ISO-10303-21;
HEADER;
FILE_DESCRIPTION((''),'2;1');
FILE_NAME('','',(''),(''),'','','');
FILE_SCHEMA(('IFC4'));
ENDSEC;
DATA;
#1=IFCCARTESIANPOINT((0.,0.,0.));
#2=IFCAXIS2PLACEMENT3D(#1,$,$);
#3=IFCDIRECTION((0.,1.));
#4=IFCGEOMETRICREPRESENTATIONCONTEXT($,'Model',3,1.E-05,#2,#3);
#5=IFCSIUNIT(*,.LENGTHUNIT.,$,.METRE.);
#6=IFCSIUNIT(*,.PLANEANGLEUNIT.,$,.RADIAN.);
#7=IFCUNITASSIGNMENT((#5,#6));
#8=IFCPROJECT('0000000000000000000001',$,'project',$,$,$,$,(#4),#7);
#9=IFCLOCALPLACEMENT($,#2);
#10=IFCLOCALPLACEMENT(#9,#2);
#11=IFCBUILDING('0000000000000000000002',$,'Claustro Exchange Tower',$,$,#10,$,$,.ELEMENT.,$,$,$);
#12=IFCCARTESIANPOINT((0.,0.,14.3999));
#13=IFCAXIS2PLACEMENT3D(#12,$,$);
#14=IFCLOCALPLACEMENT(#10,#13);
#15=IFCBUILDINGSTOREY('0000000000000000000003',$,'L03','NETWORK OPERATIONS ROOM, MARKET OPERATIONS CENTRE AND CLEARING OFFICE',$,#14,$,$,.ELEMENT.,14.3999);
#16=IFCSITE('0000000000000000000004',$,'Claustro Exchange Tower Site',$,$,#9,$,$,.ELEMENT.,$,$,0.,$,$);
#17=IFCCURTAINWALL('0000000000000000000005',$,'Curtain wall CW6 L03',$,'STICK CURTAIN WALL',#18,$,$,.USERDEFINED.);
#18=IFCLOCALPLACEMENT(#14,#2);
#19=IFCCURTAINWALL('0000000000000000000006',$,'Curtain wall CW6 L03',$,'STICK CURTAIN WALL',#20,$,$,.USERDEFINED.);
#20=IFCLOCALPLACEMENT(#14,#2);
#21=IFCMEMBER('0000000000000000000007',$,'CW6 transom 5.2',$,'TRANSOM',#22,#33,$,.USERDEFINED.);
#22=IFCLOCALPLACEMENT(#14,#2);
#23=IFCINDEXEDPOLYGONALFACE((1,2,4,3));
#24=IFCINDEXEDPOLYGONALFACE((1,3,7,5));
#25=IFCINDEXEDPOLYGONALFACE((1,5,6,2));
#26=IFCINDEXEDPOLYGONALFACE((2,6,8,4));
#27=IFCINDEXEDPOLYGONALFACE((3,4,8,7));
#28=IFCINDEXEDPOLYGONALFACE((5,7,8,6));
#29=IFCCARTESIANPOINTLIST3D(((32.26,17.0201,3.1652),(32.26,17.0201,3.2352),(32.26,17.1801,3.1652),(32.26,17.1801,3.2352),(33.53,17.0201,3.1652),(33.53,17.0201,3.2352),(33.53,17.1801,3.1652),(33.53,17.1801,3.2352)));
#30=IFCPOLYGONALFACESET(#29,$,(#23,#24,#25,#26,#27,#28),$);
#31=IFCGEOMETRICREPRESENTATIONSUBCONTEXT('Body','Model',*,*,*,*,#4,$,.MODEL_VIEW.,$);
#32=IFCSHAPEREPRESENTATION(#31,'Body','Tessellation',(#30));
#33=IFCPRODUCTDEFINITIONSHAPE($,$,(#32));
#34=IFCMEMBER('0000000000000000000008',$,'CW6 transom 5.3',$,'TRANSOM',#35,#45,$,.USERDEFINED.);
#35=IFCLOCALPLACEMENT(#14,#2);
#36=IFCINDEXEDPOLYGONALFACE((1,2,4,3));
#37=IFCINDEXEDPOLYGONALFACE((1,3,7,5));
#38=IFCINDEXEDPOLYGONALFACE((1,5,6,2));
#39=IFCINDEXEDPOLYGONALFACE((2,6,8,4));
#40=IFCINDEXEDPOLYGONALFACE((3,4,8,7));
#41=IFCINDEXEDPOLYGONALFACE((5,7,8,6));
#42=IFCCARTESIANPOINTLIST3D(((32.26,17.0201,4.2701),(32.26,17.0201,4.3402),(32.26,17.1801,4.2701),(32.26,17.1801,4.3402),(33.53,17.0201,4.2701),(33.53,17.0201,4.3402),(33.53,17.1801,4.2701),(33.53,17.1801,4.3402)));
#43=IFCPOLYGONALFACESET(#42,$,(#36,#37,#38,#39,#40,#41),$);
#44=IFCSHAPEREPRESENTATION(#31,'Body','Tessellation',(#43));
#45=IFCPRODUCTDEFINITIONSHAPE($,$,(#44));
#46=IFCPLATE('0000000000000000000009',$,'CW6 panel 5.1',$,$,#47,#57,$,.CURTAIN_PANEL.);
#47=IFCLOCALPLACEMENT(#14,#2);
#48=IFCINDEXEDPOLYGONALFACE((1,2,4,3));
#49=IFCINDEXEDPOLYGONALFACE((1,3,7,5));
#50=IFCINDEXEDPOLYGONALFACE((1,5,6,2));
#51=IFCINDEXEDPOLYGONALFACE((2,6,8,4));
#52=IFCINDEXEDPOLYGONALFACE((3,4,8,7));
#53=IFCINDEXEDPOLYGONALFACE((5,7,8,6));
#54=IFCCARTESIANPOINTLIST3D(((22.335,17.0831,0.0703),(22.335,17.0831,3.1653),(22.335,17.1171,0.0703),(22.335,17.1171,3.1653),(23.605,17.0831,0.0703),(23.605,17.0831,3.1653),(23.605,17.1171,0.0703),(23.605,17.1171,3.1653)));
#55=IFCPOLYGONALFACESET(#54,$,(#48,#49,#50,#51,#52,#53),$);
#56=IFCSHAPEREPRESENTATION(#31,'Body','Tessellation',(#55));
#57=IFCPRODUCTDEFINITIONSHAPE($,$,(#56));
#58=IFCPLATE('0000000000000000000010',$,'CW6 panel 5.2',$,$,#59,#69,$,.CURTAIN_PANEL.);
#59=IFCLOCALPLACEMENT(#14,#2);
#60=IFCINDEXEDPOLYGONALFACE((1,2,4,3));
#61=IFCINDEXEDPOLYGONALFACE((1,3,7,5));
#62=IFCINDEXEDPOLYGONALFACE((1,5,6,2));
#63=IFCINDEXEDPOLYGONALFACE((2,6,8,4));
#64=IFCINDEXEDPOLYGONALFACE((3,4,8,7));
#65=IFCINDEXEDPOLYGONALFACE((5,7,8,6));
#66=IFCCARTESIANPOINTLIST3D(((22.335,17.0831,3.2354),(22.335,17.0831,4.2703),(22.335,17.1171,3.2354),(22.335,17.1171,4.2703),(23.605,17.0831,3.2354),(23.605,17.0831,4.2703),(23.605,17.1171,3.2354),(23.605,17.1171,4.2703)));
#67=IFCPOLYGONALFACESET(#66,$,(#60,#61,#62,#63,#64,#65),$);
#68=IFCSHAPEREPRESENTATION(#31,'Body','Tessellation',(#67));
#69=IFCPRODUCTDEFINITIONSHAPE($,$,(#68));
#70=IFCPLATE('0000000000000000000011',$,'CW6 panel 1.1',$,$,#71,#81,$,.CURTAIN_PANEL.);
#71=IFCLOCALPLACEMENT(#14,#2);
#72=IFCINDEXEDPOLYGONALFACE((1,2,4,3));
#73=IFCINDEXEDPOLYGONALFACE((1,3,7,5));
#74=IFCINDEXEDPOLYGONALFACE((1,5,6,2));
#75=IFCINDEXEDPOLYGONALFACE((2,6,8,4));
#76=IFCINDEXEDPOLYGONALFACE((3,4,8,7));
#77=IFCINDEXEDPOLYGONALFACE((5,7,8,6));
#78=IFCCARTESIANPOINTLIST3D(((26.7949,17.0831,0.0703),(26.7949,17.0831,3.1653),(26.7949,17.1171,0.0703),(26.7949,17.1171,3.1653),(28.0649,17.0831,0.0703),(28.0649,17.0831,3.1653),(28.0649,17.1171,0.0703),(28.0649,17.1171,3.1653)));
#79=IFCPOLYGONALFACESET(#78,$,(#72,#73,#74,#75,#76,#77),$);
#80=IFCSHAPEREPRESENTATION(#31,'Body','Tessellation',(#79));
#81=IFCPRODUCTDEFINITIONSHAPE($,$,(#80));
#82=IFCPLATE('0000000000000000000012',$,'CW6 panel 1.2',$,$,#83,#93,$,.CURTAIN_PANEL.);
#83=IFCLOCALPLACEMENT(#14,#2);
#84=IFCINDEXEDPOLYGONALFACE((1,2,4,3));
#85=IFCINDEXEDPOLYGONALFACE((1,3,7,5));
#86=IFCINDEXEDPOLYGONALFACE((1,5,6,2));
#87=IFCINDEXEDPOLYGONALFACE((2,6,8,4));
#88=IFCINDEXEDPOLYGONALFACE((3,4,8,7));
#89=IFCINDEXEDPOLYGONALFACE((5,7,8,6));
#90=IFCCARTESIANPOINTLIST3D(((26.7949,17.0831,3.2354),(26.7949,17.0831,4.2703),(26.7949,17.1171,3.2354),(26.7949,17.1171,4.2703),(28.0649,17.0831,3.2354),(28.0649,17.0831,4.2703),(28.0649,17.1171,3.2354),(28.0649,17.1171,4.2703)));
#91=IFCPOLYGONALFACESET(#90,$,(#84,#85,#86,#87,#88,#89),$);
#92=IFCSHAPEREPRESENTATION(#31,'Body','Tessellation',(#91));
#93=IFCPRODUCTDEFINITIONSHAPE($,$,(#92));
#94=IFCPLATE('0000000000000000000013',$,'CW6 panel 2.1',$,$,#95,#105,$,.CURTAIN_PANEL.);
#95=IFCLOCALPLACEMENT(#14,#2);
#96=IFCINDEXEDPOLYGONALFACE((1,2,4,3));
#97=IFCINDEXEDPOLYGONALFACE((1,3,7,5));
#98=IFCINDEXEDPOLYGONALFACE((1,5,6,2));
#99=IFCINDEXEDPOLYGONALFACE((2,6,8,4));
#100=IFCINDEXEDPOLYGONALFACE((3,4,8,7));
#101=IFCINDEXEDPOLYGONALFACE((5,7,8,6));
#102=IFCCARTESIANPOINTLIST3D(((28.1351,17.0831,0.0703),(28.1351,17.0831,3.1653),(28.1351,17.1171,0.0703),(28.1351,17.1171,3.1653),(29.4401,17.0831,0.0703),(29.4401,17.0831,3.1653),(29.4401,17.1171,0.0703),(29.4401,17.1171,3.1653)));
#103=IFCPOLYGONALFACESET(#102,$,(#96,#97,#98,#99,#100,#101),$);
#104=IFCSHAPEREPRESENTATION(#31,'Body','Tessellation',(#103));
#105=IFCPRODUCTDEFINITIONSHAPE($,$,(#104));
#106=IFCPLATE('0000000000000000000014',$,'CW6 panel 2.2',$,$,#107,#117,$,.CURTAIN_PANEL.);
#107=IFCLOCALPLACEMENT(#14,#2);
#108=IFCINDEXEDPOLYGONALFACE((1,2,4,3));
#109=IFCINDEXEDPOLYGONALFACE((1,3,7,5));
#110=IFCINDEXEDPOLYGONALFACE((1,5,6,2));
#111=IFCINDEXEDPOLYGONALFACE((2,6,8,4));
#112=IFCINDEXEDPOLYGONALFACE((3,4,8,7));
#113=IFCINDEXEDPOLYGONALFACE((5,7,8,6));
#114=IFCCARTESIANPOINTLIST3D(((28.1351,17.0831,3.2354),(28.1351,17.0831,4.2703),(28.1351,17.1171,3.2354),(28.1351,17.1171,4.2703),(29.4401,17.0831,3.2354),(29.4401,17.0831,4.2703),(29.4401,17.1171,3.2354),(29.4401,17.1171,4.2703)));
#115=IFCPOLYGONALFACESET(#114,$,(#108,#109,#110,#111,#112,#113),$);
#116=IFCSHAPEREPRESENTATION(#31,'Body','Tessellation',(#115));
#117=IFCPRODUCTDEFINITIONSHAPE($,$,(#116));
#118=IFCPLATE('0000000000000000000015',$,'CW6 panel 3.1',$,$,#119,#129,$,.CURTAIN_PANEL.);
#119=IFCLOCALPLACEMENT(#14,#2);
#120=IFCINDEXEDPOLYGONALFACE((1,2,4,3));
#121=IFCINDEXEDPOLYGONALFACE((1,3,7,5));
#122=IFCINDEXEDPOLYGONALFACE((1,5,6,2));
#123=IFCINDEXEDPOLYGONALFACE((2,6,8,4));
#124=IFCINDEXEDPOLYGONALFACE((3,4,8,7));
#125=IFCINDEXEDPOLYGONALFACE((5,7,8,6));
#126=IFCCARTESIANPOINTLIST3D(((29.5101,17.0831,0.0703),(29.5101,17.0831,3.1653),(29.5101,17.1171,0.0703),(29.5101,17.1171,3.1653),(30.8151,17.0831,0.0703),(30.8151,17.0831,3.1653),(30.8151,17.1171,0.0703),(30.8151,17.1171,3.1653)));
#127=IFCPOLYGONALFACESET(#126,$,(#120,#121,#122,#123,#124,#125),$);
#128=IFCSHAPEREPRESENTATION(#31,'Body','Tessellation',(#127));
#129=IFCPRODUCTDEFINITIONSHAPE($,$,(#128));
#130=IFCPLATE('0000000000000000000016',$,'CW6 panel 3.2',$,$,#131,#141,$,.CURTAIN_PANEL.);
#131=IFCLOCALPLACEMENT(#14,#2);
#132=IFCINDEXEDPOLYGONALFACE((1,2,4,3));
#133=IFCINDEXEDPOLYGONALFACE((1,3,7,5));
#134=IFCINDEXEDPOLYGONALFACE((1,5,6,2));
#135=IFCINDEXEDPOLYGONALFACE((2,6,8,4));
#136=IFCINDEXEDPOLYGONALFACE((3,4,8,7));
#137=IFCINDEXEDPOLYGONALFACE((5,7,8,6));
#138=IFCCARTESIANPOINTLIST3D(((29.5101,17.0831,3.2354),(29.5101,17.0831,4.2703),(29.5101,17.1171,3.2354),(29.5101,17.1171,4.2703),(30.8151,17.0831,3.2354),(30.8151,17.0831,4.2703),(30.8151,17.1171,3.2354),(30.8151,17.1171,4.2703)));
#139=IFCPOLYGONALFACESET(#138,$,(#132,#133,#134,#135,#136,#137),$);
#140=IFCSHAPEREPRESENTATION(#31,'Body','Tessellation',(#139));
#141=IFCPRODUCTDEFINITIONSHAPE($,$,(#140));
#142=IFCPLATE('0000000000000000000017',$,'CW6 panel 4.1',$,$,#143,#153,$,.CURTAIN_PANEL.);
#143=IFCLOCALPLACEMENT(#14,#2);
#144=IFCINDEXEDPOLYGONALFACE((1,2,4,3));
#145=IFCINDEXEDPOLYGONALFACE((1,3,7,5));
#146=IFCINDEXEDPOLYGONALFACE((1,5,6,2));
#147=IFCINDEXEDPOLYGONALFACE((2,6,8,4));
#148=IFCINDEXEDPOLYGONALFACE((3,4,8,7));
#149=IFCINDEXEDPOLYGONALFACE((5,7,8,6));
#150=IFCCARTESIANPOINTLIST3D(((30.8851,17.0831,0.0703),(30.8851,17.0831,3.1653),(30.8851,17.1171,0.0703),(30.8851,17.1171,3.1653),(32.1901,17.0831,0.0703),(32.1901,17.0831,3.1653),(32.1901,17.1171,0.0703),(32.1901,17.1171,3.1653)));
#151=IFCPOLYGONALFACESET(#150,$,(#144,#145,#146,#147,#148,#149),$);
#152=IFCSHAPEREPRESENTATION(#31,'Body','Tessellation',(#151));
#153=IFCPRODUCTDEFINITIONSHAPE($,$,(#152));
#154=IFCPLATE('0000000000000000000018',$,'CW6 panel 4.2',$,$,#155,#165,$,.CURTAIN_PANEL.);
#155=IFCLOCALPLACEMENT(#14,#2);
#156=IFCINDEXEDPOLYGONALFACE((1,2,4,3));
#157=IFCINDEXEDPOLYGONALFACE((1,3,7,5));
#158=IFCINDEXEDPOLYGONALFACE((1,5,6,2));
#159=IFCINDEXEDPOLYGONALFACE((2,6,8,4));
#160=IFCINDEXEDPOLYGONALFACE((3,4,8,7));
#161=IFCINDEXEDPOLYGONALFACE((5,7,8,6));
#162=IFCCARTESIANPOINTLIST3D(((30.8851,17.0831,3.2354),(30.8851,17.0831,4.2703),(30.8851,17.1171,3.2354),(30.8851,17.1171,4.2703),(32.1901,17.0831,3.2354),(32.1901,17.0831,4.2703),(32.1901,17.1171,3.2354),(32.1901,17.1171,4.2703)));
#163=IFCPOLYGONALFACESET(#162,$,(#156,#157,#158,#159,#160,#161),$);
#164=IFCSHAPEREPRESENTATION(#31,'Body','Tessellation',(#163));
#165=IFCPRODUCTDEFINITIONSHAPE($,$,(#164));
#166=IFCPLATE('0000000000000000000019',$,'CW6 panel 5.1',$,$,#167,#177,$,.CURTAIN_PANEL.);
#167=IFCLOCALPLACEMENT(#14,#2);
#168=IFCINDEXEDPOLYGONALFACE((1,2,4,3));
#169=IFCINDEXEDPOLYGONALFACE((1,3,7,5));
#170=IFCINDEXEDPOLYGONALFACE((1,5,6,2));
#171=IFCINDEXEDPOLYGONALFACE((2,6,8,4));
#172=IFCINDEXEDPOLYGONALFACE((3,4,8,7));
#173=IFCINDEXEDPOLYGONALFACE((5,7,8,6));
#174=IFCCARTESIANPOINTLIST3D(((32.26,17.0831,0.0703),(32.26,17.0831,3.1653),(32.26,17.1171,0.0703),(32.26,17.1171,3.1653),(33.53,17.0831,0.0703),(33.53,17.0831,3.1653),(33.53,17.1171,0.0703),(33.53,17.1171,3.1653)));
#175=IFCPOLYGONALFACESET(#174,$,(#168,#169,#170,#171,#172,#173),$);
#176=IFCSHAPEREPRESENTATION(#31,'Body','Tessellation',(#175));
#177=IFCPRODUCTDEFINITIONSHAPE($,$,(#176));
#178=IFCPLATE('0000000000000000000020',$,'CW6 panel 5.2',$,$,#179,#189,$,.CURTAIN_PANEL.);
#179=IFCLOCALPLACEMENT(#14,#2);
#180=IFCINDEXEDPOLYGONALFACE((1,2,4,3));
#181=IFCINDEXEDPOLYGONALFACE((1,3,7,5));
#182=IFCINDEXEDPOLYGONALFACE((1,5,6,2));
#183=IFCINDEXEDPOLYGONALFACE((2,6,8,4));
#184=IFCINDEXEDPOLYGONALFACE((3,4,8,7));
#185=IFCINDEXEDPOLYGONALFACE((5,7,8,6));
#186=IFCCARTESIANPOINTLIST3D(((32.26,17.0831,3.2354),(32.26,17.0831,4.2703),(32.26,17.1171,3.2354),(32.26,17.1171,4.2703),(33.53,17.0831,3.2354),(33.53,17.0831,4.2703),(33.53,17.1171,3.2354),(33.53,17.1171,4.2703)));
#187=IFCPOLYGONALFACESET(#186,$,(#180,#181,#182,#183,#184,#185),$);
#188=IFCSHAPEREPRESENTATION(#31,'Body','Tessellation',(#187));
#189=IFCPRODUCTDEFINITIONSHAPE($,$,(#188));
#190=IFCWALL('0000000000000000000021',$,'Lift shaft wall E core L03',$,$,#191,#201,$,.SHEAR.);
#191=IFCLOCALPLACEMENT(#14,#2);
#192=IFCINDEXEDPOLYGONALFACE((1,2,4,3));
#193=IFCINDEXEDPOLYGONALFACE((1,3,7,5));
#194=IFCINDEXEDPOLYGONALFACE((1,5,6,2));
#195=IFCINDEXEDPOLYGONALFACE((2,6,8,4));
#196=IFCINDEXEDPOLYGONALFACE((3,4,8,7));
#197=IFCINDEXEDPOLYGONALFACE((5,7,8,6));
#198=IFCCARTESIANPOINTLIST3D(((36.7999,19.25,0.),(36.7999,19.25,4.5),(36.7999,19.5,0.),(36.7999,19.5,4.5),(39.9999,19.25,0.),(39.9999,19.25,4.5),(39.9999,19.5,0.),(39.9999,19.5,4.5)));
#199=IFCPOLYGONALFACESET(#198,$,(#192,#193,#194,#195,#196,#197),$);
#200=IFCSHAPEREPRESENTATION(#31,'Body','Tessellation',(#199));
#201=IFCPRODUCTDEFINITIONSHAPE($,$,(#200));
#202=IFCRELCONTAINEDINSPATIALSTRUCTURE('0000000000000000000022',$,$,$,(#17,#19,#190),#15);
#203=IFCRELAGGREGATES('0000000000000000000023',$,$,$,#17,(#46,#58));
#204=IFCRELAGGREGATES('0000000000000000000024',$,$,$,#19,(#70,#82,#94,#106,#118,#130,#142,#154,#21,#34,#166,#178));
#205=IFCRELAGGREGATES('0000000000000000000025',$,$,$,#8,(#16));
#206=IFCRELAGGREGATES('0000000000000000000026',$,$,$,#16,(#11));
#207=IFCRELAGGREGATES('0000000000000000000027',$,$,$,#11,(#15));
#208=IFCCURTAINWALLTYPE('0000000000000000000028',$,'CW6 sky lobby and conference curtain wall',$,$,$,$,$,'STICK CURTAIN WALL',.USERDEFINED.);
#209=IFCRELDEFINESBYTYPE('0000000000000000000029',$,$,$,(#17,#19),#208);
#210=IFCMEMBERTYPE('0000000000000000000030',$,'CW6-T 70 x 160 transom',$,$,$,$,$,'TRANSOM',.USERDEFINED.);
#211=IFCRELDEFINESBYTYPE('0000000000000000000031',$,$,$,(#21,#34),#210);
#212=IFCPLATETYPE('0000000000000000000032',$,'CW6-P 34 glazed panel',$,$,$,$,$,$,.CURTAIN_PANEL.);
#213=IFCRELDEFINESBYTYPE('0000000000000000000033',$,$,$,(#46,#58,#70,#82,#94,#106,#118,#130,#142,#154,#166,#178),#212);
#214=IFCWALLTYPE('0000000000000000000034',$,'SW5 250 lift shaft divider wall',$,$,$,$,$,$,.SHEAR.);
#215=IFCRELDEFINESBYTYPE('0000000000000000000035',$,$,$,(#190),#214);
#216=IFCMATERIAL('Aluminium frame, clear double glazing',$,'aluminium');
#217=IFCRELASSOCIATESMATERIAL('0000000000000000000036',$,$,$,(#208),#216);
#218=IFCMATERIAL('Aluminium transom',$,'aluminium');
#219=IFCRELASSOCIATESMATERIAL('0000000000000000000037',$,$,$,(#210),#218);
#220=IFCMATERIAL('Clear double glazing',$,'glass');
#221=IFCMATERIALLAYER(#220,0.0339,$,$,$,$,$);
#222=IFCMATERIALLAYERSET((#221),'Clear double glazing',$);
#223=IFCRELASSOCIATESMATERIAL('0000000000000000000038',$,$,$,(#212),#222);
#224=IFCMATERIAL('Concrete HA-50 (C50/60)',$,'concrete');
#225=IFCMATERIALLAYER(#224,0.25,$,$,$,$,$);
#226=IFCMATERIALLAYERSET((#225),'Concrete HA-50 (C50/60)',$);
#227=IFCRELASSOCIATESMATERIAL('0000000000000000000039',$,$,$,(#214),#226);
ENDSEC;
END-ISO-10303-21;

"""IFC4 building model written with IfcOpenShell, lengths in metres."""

from ifc_helpers import new_model, si_unit, direction, frame, frame_2d, origin, origin_2d, place, context, subcontext, project, spatial, rectangle, extrude, material, layer, layer_set, material_profile, profile_set, type_object, element, aggregate, save


model = new_model("IFC4")

# Units and contexts
model_context = context("Model", 3, precision=1e-05, world=origin(), true_north=direction((0.0, 1.0)))
body_context = subcontext(model_context, "Body", "Model", "MODEL_VIEW")
ifc_project = project(units=[si_unit("LENGTHUNIT", "METRE"), si_unit("PLANEANGLEUNIT", "RADIAN")], contexts=[model_context])

# Site, building, storey
site_placement = place(None, origin())
site = spatial("IfcSite", under=ifc_project, at=site_placement, Name="Claustro Exchange Tower Site", CompositionType="ELEMENT", RefElevation=0.0)
building_placement = place(site_placement, origin())
building = spatial("IfcBuilding", under=site, at=building_placement, Name="Claustro Exchange Tower", CompositionType="ELEMENT")
storey_placement = place(building_placement, frame((0.0, 0.0, 14.3999)))
storey = spatial("IfcBuildingStorey", under=building, at=storey_placement, Name="L03", Description="NETWORK OPERATIONS ROOM, MARKET OPERATIONS CENTRE AND CLEARING OFFICE", CompositionType="ELEMENT", Elevation=14.3999)

# Curtain wall
ifc_material_1 = material(Name="Aluminium frame, clear double glazing", Category="aluminium")
curtain_wall_type = type_object("IfcCurtainWallType", Name="CW6 sky lobby and conference curtain wall", ElementType="STICK CURTAIN WALL", PredefinedType="USERDEFINED", material=ifc_material_1)
curtain_wall_1_placement = place(storey_placement, origin())
curtain_wall_1 = element("IfcCurtainWall", 1, at=curtain_wall_1_placement, inside=storey, type_object=curtain_wall_type, Name="Curtain wall CW6 L03", ObjectType="STICK CURTAIN WALL", PredefinedType="USERDEFINED")

# Curtain wall, members
curtain_wall_2_placement = place(storey_placement, origin())
curtain_wall_2 = element("IfcCurtainWall", 2, at=curtain_wall_2_placement, inside=storey, type_object=curtain_wall_type, Name="Curtain wall CW6 L03", ObjectType="STICK CURTAIN WALL", PredefinedType="USERDEFINED")
ifc_material_2 = material(Name="Aluminium transom", Category="aluminium")
ifc_material_profile_1 = material_profile(ifc_material_2, rectangle(XDim=0.1599, YDim=0.0701, at=origin_2d()), Name="CW6-T 70x160")
ifc_profile_set_1 = profile_set([ifc_material_profile_1], Name="Aluminium transom")
member_type_1 = type_object("IfcMemberType", Name="CW6-T 70 x 160 transom", ElementType="TRANSOM", PredefinedType="USERDEFINED", material=ifc_profile_set_1)
member_1_placement = place(storey_placement, frame((32.26, 17.1001, 3.2002), z_axis=(1.0, 0.0, 0.0), x_axis=(0.0, 1.0, 0.0)))
member_1 = element("IfcMember", 3, at=member_1_placement, type_object=member_type_1, Name="CW6 transom 5.2", ObjectType="TRANSOM", PredefinedType="USERDEFINED", context=body_context, shape_type="SweptSolid", body=[
    extrude(rectangle(XDim=0.1599, YDim=0.0701, at=origin_2d()), origin(), (0.0, 0.0, 1.0), 1.27),
])
member_2_placement = place(storey_placement, frame((32.26, 17.1001, 4.3052), z_axis=(1.0, 0.0, 0.0), x_axis=(0.0, 1.0, 0.0)))
member_2 = element("IfcMember", 4, at=member_2_placement, type_object=member_type_1, Name="CW6 transom 5.3", ObjectType="TRANSOM", PredefinedType="USERDEFINED", context=body_context, shape_type="SweptSolid", body=[
    extrude(rectangle(XDim=0.1599, YDim=0.0701, at=origin_2d()), origin(), (0.0, 0.0, 1.0), 1.27),
])

# Plates
ifc_material_3 = material(Name="Clear double glazing", Category="glass")
ifc_layer_1 = layer(ifc_material_3, 0.0339)
ifc_layer_set_1 = layer_set([ifc_layer_1], Name="Clear double glazing")
plate_type = type_object("IfcPlateType", Name="CW6-P 34 glazed panel", PredefinedType="CURTAIN_PANEL", material=ifc_layer_set_1)
plate_1_placement = place(storey_placement, frame((22.97, 17.1001, 0.0703), z_axis=(0.0, 0.0, 1.0), x_axis=(1.0, 0.0, 0.0)))
plate_1 = element("IfcPlate", 5, at=plate_1_placement, type_object=plate_type, Name="CW6 panel 5.1", PredefinedType="CURTAIN_PANEL", context=body_context, shape_type="SweptSolid", body=[
    extrude(rectangle(XDim=1.27, YDim=0.0339, at=origin_2d()), origin(), (0.0, 0.0, 1.0), 3.095),
])
plate_2_placement = place(storey_placement, frame((22.97, 17.1001, 3.2354), z_axis=(0.0, 0.0, 1.0), x_axis=(1.0, 0.0, 0.0)))
plate_2 = element("IfcPlate", 6, at=plate_2_placement, type_object=plate_type, Name="CW6 panel 5.2", PredefinedType="CURTAIN_PANEL", context=body_context, shape_type="SweptSolid", body=[
    extrude(rectangle(XDim=1.27, YDim=0.0339, at=origin_2d()), origin(), (0.0, 0.0, 1.0), 1.0349),
])
aggregate(curtain_wall_1, [plate_1, plate_2])
plate_3_placement = place(storey_placement, frame((27.4299, 17.1001, 0.0703), z_axis=(0.0, 0.0, 1.0), x_axis=(1.0, 0.0, 0.0)))
plate_3 = element("IfcPlate", 7, at=plate_3_placement, type_object=plate_type, Name="CW6 panel 1.1", PredefinedType="CURTAIN_PANEL", context=body_context, shape_type="SweptSolid", body=[
    extrude(rectangle(XDim=1.27, YDim=0.0339, at=origin_2d()), origin(), (0.0, 0.0, 1.0), 3.095),
])
plate_4_placement = place(storey_placement, frame((27.4299, 17.1001, 3.2354), z_axis=(0.0, 0.0, 1.0), x_axis=(1.0, 0.0, 0.0)))
plate_4 = element("IfcPlate", 8, at=plate_4_placement, type_object=plate_type, Name="CW6 panel 1.2", PredefinedType="CURTAIN_PANEL", context=body_context, shape_type="SweptSolid", body=[
    extrude(rectangle(XDim=1.27, YDim=0.0339, at=origin_2d()), origin(), (0.0, 0.0, 1.0), 1.0349),
])
plate_5_placement = place(storey_placement, frame((28.7876, 17.1001, 0.0703), z_axis=(0.0, 0.0, 1.0), x_axis=(1.0, 0.0, 0.0)))
plate_5 = element("IfcPlate", 9, at=plate_5_placement, type_object=plate_type, Name="CW6 panel 2.1", PredefinedType="CURTAIN_PANEL", context=body_context, shape_type="SweptSolid", body=[
    extrude(rectangle(XDim=1.3049, YDim=0.0339, at=origin_2d()), origin(), (0.0, 0.0, 1.0), 3.095),
])
plate_6_placement = place(storey_placement, frame((28.7876, 17.1001, 3.2354), z_axis=(0.0, 0.0, 1.0), x_axis=(1.0, 0.0, 0.0)))
plate_6 = element("IfcPlate", 10, at=plate_6_placement, type_object=plate_type, Name="CW6 panel 2.2", PredefinedType="CURTAIN_PANEL", context=body_context, shape_type="SweptSolid", body=[
    extrude(rectangle(XDim=1.3049, YDim=0.0339, at=origin_2d()), origin(), (0.0, 0.0, 1.0), 1.0349),
])
plate_7_placement = place(storey_placement, frame((30.1626, 17.1001, 0.0703), z_axis=(0.0, 0.0, 1.0), x_axis=(1.0, 0.0, 0.0)))
plate_7 = element("IfcPlate", 11, at=plate_7_placement, type_object=plate_type, Name="CW6 panel 3.1", PredefinedType="CURTAIN_PANEL", context=body_context, shape_type="SweptSolid", body=[
    extrude(rectangle(XDim=1.3049, YDim=0.0339, at=origin_2d()), origin(), (0.0, 0.0, 1.0), 3.095),
])
plate_8_placement = place(storey_placement, frame((30.1626, 17.1001, 3.2354), z_axis=(0.0, 0.0, 1.0), x_axis=(1.0, 0.0, 0.0)))
plate_8 = element("IfcPlate", 12, at=plate_8_placement, type_object=plate_type, Name="CW6 panel 3.2", PredefinedType="CURTAIN_PANEL", context=body_context, shape_type="SweptSolid", body=[
    extrude(rectangle(XDim=1.3049, YDim=0.0339, at=origin_2d()), origin(), (0.0, 0.0, 1.0), 1.0349),
])
plate_9_placement = place(storey_placement, frame((31.5376, 17.1001, 0.0703), z_axis=(0.0, 0.0, 1.0), x_axis=(1.0, 0.0, 0.0)))
plate_9 = element("IfcPlate", 13, at=plate_9_placement, type_object=plate_type, Name="CW6 panel 4.1", PredefinedType="CURTAIN_PANEL", context=body_context, shape_type="SweptSolid", body=[
    extrude(rectangle(XDim=1.3049, YDim=0.0339, at=origin_2d()), origin(), (0.0, 0.0, 1.0), 3.095),
])
plate_10_placement = place(storey_placement, frame((31.5376, 17.1001, 3.2354), z_axis=(0.0, 0.0, 1.0), x_axis=(1.0, 0.0, 0.0)))
plate_10 = element("IfcPlate", 14, at=plate_10_placement, type_object=plate_type, Name="CW6 panel 4.2", PredefinedType="CURTAIN_PANEL", context=body_context, shape_type="SweptSolid", body=[
    extrude(rectangle(XDim=1.3049, YDim=0.0339, at=origin_2d()), origin(), (0.0, 0.0, 1.0), 1.0349),
])
plate_11_placement = place(storey_placement, frame((32.895, 17.1001, 0.0703), z_axis=(0.0, 0.0, 1.0), x_axis=(1.0, 0.0, 0.0)))
plate_11 = element("IfcPlate", 15, at=plate_11_placement, type_object=plate_type, Name="CW6 panel 5.1", PredefinedType="CURTAIN_PANEL", context=body_context, shape_type="SweptSolid", body=[
    extrude(rectangle(XDim=1.27, YDim=0.0339, at=origin_2d()), origin(), (0.0, 0.0, 1.0), 3.095),
])
plate_12_placement = place(storey_placement, frame((32.895, 17.1001, 3.2354), z_axis=(0.0, 0.0, 1.0), x_axis=(1.0, 0.0, 0.0)))
plate_12 = element("IfcPlate", 16, at=plate_12_placement, type_object=plate_type, Name="CW6 panel 5.2", PredefinedType="CURTAIN_PANEL", context=body_context, shape_type="SweptSolid", body=[
    extrude(rectangle(XDim=1.27, YDim=0.0339, at=origin_2d()), origin(), (0.0, 0.0, 1.0), 1.0349),
])
aggregate(curtain_wall_2, [plate_3, plate_4, plate_5, plate_6, plate_7, plate_8, plate_9, plate_10, member_1, member_2, plate_11, plate_12])

# Wall
ifc_material_4 = material(Name="Concrete HA-50 (C50/60)", Category="concrete")
ifc_layer_2 = layer(ifc_material_4, 0.25)
ifc_layer_set_2 = layer_set([ifc_layer_2], Name="Concrete HA-50 (C50/60)")
wall_type = type_object("IfcWallType", Name="SW5 250 lift shaft divider wall", PredefinedType="SHEAR", material=ifc_layer_set_2)
for number, where, z_axis, x_axis, name in (
    (17, (40.0, 19.375, 0.0), (0.0, 0.0, 1.0), (-1.0, 0.0, 0.0), "Lift shaft wall E core L03"),
):
    element("IfcWall", number, at=place(storey_placement, frame(where, z_axis=z_axis, x_axis=x_axis)), inside=storey, type_object=wall_type, Name=name, PredefinedType="SHEAR", context=body_context, shape_type="SweptSolid", body=[
        extrude(rectangle(XDim=3.2, YDim=0.25, at=frame_2d((1.6001, 0.0))), origin(), (0.0, 0.0, 1.0), 4.5),
    ])

save(model, "model.ifc")
